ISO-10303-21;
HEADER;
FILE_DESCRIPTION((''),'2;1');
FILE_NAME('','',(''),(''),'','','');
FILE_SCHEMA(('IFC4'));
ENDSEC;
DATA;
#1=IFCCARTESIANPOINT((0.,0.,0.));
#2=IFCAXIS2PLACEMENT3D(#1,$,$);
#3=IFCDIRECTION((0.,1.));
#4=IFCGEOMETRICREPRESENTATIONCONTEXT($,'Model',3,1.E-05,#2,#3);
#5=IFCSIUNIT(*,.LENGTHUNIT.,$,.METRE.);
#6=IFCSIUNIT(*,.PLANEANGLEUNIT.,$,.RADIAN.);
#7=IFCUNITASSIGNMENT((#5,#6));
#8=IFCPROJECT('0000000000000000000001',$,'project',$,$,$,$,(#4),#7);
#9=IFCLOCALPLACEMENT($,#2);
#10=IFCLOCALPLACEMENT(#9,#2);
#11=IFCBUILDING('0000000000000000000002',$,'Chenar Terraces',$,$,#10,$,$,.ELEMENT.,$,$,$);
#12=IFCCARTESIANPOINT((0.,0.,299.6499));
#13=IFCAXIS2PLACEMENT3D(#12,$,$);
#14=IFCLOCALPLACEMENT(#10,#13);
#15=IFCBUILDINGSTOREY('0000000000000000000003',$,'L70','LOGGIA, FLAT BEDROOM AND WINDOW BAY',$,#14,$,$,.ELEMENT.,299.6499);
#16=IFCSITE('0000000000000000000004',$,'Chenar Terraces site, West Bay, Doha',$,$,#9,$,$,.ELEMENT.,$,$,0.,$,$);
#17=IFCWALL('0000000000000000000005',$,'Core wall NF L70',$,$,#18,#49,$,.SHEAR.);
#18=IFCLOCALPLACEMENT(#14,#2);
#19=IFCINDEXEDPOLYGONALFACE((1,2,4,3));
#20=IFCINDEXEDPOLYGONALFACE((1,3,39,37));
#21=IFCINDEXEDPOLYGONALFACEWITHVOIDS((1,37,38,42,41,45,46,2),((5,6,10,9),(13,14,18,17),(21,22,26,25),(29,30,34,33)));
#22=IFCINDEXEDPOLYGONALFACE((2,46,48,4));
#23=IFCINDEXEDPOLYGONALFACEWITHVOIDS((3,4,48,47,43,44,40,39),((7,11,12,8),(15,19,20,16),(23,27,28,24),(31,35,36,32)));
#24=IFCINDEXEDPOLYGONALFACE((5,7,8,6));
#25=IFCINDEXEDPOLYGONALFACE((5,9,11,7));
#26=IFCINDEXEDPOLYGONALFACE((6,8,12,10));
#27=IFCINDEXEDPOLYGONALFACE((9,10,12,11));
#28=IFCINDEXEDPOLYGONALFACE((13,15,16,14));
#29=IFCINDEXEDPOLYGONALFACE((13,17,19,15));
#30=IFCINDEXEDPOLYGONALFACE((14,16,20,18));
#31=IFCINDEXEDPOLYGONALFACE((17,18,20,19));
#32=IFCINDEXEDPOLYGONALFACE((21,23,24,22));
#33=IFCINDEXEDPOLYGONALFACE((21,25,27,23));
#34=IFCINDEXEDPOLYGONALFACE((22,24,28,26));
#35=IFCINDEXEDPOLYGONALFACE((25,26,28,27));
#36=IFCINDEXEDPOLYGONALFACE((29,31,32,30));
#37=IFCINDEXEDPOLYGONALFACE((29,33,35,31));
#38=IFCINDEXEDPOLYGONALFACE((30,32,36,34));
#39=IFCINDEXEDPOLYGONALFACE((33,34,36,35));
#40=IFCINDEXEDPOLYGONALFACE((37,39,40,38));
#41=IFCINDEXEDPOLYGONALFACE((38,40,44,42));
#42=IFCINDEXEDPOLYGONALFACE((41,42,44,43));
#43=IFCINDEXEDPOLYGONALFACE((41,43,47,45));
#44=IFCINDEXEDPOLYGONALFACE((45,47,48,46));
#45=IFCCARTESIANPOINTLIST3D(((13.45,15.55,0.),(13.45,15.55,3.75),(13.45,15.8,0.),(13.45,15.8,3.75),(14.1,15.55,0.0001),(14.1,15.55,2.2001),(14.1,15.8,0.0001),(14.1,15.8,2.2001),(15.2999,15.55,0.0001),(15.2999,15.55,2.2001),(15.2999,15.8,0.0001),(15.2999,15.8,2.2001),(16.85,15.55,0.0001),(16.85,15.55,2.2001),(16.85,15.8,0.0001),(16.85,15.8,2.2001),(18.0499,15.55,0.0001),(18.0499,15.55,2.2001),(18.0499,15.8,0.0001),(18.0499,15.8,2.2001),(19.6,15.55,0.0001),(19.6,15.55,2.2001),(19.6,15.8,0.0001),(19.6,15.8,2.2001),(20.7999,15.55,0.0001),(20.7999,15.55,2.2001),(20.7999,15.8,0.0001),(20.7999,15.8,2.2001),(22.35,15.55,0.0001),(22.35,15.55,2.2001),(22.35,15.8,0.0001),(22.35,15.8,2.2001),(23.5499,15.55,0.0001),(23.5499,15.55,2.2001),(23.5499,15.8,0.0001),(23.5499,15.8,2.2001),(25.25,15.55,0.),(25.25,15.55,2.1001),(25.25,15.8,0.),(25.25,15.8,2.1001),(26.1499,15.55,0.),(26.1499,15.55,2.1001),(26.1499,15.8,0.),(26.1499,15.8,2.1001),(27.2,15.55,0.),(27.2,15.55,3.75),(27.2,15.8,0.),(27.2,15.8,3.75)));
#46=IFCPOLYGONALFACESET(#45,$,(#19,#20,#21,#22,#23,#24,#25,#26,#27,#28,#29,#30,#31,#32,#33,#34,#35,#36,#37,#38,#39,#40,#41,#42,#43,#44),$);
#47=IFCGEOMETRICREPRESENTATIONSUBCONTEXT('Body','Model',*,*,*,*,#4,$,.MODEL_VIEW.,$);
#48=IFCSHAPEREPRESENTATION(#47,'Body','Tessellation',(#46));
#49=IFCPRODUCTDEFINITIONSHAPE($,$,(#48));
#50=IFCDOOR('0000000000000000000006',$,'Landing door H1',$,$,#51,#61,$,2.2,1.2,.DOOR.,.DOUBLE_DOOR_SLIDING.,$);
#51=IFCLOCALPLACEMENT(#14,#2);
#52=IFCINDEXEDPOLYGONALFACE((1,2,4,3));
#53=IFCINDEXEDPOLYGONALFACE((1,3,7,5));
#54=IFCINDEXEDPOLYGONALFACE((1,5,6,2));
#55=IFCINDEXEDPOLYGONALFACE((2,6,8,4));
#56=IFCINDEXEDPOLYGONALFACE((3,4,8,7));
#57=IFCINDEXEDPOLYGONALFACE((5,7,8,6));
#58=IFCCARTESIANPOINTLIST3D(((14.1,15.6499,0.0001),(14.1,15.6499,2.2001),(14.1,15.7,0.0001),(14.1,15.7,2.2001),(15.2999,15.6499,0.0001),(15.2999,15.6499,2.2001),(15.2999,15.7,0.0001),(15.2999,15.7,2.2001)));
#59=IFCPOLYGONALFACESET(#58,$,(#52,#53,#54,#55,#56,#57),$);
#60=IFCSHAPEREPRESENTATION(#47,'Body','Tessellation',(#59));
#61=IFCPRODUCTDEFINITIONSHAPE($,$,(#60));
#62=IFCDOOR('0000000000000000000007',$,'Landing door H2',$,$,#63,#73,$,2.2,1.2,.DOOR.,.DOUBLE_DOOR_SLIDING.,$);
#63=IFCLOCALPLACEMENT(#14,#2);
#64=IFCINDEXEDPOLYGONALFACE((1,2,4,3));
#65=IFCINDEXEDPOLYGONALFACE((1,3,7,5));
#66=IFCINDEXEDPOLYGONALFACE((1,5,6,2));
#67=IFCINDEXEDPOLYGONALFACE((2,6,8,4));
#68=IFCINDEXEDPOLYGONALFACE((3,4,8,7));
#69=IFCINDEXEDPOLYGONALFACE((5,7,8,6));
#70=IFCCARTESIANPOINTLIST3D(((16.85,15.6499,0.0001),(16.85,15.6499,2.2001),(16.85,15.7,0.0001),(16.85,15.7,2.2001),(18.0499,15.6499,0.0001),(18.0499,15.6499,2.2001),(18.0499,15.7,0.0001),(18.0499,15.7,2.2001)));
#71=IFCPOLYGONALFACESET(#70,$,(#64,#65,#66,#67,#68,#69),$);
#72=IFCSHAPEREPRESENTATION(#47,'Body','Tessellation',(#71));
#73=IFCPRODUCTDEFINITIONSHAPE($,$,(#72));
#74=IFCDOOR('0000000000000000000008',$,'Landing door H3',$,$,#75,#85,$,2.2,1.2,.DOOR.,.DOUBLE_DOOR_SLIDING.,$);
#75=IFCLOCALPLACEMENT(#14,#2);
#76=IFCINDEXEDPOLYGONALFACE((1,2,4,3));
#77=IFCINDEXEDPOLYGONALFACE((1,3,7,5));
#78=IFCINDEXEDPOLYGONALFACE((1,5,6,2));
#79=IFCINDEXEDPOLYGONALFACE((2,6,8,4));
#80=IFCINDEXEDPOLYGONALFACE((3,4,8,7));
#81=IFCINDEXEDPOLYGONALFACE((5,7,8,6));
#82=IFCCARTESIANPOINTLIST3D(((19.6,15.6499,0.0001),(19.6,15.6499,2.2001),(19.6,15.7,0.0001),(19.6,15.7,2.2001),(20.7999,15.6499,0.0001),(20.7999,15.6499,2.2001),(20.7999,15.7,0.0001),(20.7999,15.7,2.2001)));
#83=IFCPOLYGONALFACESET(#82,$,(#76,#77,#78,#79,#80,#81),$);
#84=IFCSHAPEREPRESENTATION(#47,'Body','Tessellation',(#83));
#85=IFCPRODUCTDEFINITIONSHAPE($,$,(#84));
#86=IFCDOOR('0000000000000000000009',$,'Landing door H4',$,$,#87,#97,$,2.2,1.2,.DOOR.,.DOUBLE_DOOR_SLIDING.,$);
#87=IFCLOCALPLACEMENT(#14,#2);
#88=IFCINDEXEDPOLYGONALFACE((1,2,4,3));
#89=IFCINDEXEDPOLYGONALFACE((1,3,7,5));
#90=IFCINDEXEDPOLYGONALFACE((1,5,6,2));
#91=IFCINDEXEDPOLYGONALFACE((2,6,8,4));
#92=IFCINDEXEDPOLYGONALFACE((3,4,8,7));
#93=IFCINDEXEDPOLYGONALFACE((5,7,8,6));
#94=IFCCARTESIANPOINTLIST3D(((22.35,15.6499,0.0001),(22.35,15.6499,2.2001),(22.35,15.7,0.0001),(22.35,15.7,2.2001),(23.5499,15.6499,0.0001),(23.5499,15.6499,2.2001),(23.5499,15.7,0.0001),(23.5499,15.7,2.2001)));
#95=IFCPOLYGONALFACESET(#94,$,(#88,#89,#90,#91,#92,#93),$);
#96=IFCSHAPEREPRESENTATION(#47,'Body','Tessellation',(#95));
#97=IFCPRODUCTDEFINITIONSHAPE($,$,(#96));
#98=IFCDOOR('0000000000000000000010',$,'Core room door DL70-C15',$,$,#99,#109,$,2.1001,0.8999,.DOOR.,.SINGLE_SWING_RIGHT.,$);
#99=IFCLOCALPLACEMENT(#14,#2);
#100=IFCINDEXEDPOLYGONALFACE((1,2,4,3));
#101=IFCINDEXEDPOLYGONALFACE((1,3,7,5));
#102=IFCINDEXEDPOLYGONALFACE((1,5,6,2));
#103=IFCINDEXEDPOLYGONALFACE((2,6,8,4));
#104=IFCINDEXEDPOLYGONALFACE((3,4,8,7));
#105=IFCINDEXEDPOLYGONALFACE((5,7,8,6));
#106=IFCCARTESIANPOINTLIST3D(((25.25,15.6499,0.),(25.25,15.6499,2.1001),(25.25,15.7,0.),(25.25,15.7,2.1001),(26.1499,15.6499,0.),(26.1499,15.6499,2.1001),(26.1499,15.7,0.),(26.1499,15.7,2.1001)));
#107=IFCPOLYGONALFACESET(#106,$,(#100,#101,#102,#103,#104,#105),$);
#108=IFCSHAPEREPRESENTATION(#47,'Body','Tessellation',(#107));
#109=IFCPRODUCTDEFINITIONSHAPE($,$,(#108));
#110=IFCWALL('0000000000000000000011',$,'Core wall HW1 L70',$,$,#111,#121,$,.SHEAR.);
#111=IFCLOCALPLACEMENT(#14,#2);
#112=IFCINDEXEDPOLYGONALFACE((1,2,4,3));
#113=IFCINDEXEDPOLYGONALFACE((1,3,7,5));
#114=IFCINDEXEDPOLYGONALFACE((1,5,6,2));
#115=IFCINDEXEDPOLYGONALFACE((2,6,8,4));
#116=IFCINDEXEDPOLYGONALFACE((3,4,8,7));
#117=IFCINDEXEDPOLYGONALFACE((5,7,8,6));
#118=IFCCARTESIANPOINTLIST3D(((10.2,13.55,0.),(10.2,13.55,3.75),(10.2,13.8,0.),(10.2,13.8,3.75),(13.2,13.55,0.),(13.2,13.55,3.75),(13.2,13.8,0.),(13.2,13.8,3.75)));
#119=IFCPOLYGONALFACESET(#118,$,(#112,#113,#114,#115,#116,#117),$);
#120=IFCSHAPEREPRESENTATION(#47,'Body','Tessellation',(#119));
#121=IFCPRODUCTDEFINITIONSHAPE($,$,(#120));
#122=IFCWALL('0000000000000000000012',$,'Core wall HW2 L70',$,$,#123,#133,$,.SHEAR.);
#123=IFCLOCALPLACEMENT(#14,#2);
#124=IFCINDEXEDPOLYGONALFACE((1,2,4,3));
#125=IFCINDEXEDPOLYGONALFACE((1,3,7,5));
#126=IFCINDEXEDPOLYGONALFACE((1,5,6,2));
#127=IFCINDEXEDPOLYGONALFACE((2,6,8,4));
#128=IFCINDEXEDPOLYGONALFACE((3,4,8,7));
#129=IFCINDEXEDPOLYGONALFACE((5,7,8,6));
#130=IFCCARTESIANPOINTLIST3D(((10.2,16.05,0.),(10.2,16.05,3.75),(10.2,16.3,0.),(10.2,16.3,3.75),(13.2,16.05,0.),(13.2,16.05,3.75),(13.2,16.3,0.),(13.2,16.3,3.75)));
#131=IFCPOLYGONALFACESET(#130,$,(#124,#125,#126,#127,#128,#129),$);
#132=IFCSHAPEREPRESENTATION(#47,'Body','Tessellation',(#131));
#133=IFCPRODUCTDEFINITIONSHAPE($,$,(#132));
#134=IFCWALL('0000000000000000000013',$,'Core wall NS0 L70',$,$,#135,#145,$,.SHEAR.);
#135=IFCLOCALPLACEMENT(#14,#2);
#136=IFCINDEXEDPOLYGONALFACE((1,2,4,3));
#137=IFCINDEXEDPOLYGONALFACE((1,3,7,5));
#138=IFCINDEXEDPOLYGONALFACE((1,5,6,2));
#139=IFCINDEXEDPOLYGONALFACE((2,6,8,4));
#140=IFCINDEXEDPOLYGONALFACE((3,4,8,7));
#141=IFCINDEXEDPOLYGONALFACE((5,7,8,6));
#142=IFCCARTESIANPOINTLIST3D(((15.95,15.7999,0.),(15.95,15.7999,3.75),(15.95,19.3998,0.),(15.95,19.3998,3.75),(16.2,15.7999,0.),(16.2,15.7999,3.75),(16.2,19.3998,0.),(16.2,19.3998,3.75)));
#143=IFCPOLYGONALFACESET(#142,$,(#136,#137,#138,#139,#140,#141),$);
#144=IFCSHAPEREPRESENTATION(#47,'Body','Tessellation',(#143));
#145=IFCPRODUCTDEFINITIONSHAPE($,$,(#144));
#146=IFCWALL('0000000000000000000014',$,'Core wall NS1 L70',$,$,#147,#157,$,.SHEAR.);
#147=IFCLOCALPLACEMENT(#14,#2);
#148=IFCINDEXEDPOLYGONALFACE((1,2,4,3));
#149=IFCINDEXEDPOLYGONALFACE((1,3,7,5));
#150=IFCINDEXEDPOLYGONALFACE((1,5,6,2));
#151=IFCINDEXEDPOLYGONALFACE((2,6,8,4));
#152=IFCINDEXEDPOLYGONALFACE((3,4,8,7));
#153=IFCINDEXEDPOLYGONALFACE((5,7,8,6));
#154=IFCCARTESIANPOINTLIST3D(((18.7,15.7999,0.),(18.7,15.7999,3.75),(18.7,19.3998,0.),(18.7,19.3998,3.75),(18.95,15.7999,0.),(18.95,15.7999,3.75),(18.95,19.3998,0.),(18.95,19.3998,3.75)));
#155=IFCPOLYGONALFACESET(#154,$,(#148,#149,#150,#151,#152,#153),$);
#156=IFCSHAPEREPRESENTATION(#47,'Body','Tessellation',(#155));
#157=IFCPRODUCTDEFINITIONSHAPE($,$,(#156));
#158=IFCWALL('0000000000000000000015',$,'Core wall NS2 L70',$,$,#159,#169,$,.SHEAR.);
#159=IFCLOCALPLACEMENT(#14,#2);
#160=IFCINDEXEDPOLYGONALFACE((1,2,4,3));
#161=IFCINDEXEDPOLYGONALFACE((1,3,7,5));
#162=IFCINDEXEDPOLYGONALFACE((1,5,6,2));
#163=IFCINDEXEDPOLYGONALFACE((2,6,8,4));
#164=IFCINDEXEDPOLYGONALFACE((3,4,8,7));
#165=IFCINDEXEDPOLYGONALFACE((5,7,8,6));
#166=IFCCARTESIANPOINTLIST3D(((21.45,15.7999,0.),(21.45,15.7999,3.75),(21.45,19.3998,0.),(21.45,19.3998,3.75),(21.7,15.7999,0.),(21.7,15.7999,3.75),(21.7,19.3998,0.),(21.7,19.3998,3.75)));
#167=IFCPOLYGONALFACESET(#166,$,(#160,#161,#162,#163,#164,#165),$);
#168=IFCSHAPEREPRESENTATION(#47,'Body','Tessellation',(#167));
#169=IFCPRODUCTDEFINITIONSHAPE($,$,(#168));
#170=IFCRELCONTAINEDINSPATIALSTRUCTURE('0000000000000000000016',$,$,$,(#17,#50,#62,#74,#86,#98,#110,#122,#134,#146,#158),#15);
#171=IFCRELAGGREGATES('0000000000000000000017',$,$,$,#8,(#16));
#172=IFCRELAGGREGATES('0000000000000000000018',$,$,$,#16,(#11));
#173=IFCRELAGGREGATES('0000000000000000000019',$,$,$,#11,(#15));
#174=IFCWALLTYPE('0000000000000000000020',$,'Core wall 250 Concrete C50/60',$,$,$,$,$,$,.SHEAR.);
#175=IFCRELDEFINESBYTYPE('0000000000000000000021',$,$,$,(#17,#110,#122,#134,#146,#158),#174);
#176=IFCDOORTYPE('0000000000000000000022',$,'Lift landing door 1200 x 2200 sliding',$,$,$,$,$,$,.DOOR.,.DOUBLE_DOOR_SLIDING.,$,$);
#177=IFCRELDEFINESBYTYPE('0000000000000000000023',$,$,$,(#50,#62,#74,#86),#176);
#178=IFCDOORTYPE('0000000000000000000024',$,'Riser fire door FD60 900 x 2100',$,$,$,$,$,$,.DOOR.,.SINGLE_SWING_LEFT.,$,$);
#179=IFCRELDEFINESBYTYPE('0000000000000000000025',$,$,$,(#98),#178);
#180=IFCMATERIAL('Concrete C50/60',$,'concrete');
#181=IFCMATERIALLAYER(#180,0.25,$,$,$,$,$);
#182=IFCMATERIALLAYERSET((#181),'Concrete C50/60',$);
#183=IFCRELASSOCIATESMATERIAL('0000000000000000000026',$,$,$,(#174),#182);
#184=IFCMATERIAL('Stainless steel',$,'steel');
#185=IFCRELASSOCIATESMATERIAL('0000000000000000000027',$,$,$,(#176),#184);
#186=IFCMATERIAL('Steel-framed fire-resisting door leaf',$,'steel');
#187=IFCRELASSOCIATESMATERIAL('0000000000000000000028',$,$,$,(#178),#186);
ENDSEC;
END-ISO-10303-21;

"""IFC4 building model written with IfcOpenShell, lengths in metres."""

from ifc_helpers import new_model, si_unit, direction, frame, frame_2d, origin, place, context, subcontext, project, spatial, rectangle, extrude, material, layer, layer_set, type_object, element, fill, save


model = new_model("IFC4")

# Units and contexts
model_context = context("Model", 3, precision=1e-05, world=origin(), true_north=direction((0.0, 1.0)))
body_context = subcontext(model_context, "Body", "Model", "MODEL_VIEW")
ifc_project = project(units=[si_unit("LENGTHUNIT", "METRE"), si_unit("PLANEANGLEUNIT", "RADIAN")], contexts=[model_context])

# Site, building, storey
site_placement = place(None, origin())
site = spatial("IfcSite", under=ifc_project, at=site_placement, Name="Chenar Terraces site, West Bay, Doha", CompositionType="ELEMENT", RefElevation=0.0)
building_placement = place(site_placement, origin())
building = spatial("IfcBuilding", under=site, at=building_placement, Name="Chenar Terraces", CompositionType="ELEMENT")
storey_placement = place(building_placement, frame((0.0, 0.0, 299.6499)))
storey = spatial("IfcBuildingStorey", under=building, at=storey_placement, Name="L70", Description="LOGGIA, FLAT BEDROOM AND WINDOW BAY", CompositionType="ELEMENT", Elevation=299.6499)

# Wall, openings, doors
ifc_material_1 = material(Name="Concrete C50/60", Category="concrete")
ifc_layer_1 = layer(ifc_material_1, 0.25)
ifc_layer_set_1 = layer_set([ifc_layer_1], Name="Concrete C50/60")
wall_type_1 = type_object("IfcWallType", Name="Core wall 250 Concrete C50/60", PredefinedType="SHEAR", material=ifc_layer_set_1)
wall_1_placement = place(storey_placement, frame((13.45, 15.675, 0.0), z_axis=(0.0, 0.0, 1.0), x_axis=(1.0, 0.0, 0.0)))
wall_1 = element("IfcWall", 1, at=wall_1_placement, inside=storey, type_object=wall_type_1, Name="Core wall NF L70", PredefinedType="SHEAR", context=body_context, shape_type="SweptSolid", body=[
    extrude(rectangle(XDim=13.75, YDim=0.25, at=frame_2d((6.875, 0.0))), origin(), (0.0, 0.0, 1.0), 3.75),
])
opening_1_placement = place(wall_1_placement, frame((0.6499, 0.0, 0.0)))
opening_1 = element("IfcOpeningElement", 2, at=opening_1_placement, cuts=wall_1, PredefinedType="OPENING", context=body_context, shape_type="SweptSolid", body=[
    extrude(rectangle(XDim=1.2, YDim=2.2, at=frame_2d((0.6001, 1.1001))), frame((0.0, 0.135, 0.0), z_axis=(0.0, -1.0, 0.0), x_axis=(1.0, 0.0, 0.0)), (0.0, 0.0, 1.0), 0.27),
])
opening_2_placement = place(wall_1_placement, frame((3.3999, 0.0, 0.0)))
opening_2 = element("IfcOpeningElement", 3, at=opening_2_placement, cuts=wall_1, PredefinedType="OPENING", context=body_context, shape_type="SweptSolid", body=[
    extrude(rectangle(XDim=1.2, YDim=2.2, at=frame_2d((0.6001, 1.1001))), frame((0.0, 0.135, 0.0), z_axis=(0.0, -1.0, 0.0), x_axis=(1.0, 0.0, 0.0)), (0.0, 0.0, 1.0), 0.27),
])
opening_3_placement = place(wall_1_placement, frame((6.1499, 0.0, 0.0)))
opening_3 = element("IfcOpeningElement", 4, at=opening_3_placement, cuts=wall_1, PredefinedType="OPENING", context=body_context, shape_type="SweptSolid", body=[
    extrude(rectangle(XDim=1.2, YDim=2.2, at=frame_2d((0.6001, 1.1001))), frame((0.0, 0.135, 0.0), z_axis=(0.0, -1.0, 0.0), x_axis=(1.0, 0.0, 0.0)), (0.0, 0.0, 1.0), 0.27),
])
opening_4_placement = place(wall_1_placement, frame((8.8999, 0.0, 0.0)))
opening_4 = element("IfcOpeningElement", 5, at=opening_4_placement, cuts=wall_1, PredefinedType="OPENING", context=body_context, shape_type="SweptSolid", body=[
    extrude(rectangle(XDim=1.2, YDim=2.2, at=frame_2d((0.6001, 1.1001))), frame((0.0, 0.135, 0.0), z_axis=(0.0, -1.0, 0.0), x_axis=(1.0, 0.0, 0.0)), (0.0, 0.0, 1.0), 0.27),
])
opening_5_placement = place(wall_1_placement, frame((11.8, 0.0, 0.0)))
opening_5 = element("IfcOpeningElement", 6, at=opening_5_placement, cuts=wall_1, PredefinedType="OPENING", context=body_context, shape_type="SweptSolid", body=[
    extrude(rectangle(XDim=0.8999, YDim=2.1001, at=frame_2d((0.45, 1.05))), frame((0.0, 0.135, 0.0), z_axis=(0.0, -1.0, 0.0), x_axis=(1.0, 0.0, 0.0)), (0.0, 0.0, 1.0), 0.27),
])
ifc_material_2 = material(Name="Stainless steel", Category="steel")
door_type_1 = type_object("IfcDoorType", Name="Lift landing door 1200 x 2200 sliding", OperationType="DOUBLE_DOOR_SLIDING", PredefinedType="DOOR", material=ifc_material_2)
door_1_placement = place(opening_1_placement, origin())
door_1 = element("IfcDoor", 7, at=door_1_placement, inside=storey, type_object=door_type_1, Name="Landing door H1", OperationType="DOUBLE_DOOR_SLIDING", OverallHeight=2.2, OverallWidth=1.2, PredefinedType="DOOR", context=body_context, shape_type="SweptSolid", body=[
    extrude(rectangle(XDim=1.2, YDim=2.2, at=frame_2d((0.6001, 1.1001))), frame((0.0, 0.0249, 0.0), z_axis=(0.0, -1.0, 0.0), x_axis=(1.0, 0.0, 0.0)), (0.0, 0.0, 1.0), 0.05),
])
fill(opening_1, door_1)
door_2_placement = place(opening_2_placement, origin())
door_2 = element("IfcDoor", 8, at=door_2_placement, inside=storey, type_object=door_type_1, Name="Landing door H2", OperationType="DOUBLE_DOOR_SLIDING", OverallHeight=2.2, OverallWidth=1.2, PredefinedType="DOOR", context=body_context, shape_type="SweptSolid", body=[
    extrude(rectangle(XDim=1.2, YDim=2.2, at=frame_2d((0.6001, 1.1001))), frame((0.0, 0.0249, 0.0), z_axis=(0.0, -1.0, 0.0), x_axis=(1.0, 0.0, 0.0)), (0.0, 0.0, 1.0), 0.05),
])
fill(opening_2, door_2)
door_3_placement = place(opening_3_placement, origin())
door_3 = element("IfcDoor", 9, at=door_3_placement, inside=storey, type_object=door_type_1, Name="Landing door H3", OperationType="DOUBLE_DOOR_SLIDING", OverallHeight=2.2, OverallWidth=1.2, PredefinedType="DOOR", context=body_context, shape_type="SweptSolid", body=[
    extrude(rectangle(XDim=1.2, YDim=2.2, at=frame_2d((0.6001, 1.1001))), frame((0.0, 0.0249, 0.0), z_axis=(0.0, -1.0, 0.0), x_axis=(1.0, 0.0, 0.0)), (0.0, 0.0, 1.0), 0.05),
])
fill(opening_3, door_3)
door_4_placement = place(opening_4_placement, origin())
door_4 = element("IfcDoor", 10, at=door_4_placement, inside=storey, type_object=door_type_1, Name="Landing door H4", OperationType="DOUBLE_DOOR_SLIDING", OverallHeight=2.2, OverallWidth=1.2, PredefinedType="DOOR", context=body_context, shape_type="SweptSolid", body=[
    extrude(rectangle(XDim=1.2, YDim=2.2, at=frame_2d((0.6001, 1.1001))), frame((0.0, 0.0249, 0.0), z_axis=(0.0, -1.0, 0.0), x_axis=(1.0, 0.0, 0.0)), (0.0, 0.0, 1.0), 0.05),
])
fill(opening_4, door_4)
ifc_material_3 = material(Name="Steel-framed fire-resisting door leaf", Category="steel")
door_type_2 = type_object("IfcDoorType", Name="Riser fire door FD60 900 x 2100", OperationType="SINGLE_SWING_LEFT", PredefinedType="DOOR", material=ifc_material_3)
door_5_placement = place(opening_5_placement, origin())
door_5 = element("IfcDoor", 11, at=door_5_placement, inside=storey, type_object=door_type_2, Name="Core room door DL70-C15", OperationType="SINGLE_SWING_RIGHT", OverallHeight=2.1001, OverallWidth=0.8999, PredefinedType="DOOR", context=body_context, shape_type="SweptSolid", body=[
    extrude(rectangle(XDim=0.8999, YDim=2.1001, at=frame_2d((0.45, 1.05))), frame((0.0, 0.0249, 0.0), z_axis=(0.0, -1.0, 0.0), x_axis=(1.0, 0.0, 0.0)), (0.0, 0.0, 1.0), 0.05),
])
fill(opening_5, door_5)

# Walls
for number, where, z_axis, x_axis, name in (
    (12, (10.2, 13.675, 0.0), (0.0, 0.0, 1.0), (1.0, 0.0, 0.0), "Core wall HW1 L70"),
    (13, (10.2, 16.175, 0.0), (0.0, 0.0, 1.0), (1.0, 0.0, 0.0), "Core wall HW2 L70"),
):
    element("IfcWall", number, at=place(storey_placement, frame(where, z_axis=z_axis, x_axis=x_axis)), inside=storey, type_object=wall_type_1, Name=name, PredefinedType="SHEAR", context=body_context, shape_type="SweptSolid", body=[
        extrude(rectangle(XDim=3.0, YDim=0.25, at=frame_2d((1.5, 0.0))), origin(), (0.0, 0.0, 1.0), 3.75),
    ])
for number, where, z_axis, x_axis, name in (
    (14, (16.075, 15.8, 0.0), (0.0, 0.0, 1.0), (0.0, 1.0, 0.0), "Core wall NS0 L70"),
    (15, (18.825, 15.8, 0.0), (0.0, 0.0, 1.0), (0.0, 1.0, 0.0), "Core wall NS1 L70"),
    (16, (21.575, 15.8, 0.0), (0.0, 0.0, 1.0), (0.0, 1.0, 0.0), "Core wall NS2 L70"),
):
    element("IfcWall", number, at=place(storey_placement, frame(where, z_axis=z_axis, x_axis=x_axis)), inside=storey, type_object=wall_type_1, Name=name, PredefinedType="SHEAR", context=body_context, shape_type="SweptSolid", body=[
        extrude(rectangle(XDim=3.5999, YDim=0.25, at=frame_2d((1.7998, 0.0))), origin(), (0.0, 0.0, 1.0), 3.75),
    ])

save(model, "model.ifc")
